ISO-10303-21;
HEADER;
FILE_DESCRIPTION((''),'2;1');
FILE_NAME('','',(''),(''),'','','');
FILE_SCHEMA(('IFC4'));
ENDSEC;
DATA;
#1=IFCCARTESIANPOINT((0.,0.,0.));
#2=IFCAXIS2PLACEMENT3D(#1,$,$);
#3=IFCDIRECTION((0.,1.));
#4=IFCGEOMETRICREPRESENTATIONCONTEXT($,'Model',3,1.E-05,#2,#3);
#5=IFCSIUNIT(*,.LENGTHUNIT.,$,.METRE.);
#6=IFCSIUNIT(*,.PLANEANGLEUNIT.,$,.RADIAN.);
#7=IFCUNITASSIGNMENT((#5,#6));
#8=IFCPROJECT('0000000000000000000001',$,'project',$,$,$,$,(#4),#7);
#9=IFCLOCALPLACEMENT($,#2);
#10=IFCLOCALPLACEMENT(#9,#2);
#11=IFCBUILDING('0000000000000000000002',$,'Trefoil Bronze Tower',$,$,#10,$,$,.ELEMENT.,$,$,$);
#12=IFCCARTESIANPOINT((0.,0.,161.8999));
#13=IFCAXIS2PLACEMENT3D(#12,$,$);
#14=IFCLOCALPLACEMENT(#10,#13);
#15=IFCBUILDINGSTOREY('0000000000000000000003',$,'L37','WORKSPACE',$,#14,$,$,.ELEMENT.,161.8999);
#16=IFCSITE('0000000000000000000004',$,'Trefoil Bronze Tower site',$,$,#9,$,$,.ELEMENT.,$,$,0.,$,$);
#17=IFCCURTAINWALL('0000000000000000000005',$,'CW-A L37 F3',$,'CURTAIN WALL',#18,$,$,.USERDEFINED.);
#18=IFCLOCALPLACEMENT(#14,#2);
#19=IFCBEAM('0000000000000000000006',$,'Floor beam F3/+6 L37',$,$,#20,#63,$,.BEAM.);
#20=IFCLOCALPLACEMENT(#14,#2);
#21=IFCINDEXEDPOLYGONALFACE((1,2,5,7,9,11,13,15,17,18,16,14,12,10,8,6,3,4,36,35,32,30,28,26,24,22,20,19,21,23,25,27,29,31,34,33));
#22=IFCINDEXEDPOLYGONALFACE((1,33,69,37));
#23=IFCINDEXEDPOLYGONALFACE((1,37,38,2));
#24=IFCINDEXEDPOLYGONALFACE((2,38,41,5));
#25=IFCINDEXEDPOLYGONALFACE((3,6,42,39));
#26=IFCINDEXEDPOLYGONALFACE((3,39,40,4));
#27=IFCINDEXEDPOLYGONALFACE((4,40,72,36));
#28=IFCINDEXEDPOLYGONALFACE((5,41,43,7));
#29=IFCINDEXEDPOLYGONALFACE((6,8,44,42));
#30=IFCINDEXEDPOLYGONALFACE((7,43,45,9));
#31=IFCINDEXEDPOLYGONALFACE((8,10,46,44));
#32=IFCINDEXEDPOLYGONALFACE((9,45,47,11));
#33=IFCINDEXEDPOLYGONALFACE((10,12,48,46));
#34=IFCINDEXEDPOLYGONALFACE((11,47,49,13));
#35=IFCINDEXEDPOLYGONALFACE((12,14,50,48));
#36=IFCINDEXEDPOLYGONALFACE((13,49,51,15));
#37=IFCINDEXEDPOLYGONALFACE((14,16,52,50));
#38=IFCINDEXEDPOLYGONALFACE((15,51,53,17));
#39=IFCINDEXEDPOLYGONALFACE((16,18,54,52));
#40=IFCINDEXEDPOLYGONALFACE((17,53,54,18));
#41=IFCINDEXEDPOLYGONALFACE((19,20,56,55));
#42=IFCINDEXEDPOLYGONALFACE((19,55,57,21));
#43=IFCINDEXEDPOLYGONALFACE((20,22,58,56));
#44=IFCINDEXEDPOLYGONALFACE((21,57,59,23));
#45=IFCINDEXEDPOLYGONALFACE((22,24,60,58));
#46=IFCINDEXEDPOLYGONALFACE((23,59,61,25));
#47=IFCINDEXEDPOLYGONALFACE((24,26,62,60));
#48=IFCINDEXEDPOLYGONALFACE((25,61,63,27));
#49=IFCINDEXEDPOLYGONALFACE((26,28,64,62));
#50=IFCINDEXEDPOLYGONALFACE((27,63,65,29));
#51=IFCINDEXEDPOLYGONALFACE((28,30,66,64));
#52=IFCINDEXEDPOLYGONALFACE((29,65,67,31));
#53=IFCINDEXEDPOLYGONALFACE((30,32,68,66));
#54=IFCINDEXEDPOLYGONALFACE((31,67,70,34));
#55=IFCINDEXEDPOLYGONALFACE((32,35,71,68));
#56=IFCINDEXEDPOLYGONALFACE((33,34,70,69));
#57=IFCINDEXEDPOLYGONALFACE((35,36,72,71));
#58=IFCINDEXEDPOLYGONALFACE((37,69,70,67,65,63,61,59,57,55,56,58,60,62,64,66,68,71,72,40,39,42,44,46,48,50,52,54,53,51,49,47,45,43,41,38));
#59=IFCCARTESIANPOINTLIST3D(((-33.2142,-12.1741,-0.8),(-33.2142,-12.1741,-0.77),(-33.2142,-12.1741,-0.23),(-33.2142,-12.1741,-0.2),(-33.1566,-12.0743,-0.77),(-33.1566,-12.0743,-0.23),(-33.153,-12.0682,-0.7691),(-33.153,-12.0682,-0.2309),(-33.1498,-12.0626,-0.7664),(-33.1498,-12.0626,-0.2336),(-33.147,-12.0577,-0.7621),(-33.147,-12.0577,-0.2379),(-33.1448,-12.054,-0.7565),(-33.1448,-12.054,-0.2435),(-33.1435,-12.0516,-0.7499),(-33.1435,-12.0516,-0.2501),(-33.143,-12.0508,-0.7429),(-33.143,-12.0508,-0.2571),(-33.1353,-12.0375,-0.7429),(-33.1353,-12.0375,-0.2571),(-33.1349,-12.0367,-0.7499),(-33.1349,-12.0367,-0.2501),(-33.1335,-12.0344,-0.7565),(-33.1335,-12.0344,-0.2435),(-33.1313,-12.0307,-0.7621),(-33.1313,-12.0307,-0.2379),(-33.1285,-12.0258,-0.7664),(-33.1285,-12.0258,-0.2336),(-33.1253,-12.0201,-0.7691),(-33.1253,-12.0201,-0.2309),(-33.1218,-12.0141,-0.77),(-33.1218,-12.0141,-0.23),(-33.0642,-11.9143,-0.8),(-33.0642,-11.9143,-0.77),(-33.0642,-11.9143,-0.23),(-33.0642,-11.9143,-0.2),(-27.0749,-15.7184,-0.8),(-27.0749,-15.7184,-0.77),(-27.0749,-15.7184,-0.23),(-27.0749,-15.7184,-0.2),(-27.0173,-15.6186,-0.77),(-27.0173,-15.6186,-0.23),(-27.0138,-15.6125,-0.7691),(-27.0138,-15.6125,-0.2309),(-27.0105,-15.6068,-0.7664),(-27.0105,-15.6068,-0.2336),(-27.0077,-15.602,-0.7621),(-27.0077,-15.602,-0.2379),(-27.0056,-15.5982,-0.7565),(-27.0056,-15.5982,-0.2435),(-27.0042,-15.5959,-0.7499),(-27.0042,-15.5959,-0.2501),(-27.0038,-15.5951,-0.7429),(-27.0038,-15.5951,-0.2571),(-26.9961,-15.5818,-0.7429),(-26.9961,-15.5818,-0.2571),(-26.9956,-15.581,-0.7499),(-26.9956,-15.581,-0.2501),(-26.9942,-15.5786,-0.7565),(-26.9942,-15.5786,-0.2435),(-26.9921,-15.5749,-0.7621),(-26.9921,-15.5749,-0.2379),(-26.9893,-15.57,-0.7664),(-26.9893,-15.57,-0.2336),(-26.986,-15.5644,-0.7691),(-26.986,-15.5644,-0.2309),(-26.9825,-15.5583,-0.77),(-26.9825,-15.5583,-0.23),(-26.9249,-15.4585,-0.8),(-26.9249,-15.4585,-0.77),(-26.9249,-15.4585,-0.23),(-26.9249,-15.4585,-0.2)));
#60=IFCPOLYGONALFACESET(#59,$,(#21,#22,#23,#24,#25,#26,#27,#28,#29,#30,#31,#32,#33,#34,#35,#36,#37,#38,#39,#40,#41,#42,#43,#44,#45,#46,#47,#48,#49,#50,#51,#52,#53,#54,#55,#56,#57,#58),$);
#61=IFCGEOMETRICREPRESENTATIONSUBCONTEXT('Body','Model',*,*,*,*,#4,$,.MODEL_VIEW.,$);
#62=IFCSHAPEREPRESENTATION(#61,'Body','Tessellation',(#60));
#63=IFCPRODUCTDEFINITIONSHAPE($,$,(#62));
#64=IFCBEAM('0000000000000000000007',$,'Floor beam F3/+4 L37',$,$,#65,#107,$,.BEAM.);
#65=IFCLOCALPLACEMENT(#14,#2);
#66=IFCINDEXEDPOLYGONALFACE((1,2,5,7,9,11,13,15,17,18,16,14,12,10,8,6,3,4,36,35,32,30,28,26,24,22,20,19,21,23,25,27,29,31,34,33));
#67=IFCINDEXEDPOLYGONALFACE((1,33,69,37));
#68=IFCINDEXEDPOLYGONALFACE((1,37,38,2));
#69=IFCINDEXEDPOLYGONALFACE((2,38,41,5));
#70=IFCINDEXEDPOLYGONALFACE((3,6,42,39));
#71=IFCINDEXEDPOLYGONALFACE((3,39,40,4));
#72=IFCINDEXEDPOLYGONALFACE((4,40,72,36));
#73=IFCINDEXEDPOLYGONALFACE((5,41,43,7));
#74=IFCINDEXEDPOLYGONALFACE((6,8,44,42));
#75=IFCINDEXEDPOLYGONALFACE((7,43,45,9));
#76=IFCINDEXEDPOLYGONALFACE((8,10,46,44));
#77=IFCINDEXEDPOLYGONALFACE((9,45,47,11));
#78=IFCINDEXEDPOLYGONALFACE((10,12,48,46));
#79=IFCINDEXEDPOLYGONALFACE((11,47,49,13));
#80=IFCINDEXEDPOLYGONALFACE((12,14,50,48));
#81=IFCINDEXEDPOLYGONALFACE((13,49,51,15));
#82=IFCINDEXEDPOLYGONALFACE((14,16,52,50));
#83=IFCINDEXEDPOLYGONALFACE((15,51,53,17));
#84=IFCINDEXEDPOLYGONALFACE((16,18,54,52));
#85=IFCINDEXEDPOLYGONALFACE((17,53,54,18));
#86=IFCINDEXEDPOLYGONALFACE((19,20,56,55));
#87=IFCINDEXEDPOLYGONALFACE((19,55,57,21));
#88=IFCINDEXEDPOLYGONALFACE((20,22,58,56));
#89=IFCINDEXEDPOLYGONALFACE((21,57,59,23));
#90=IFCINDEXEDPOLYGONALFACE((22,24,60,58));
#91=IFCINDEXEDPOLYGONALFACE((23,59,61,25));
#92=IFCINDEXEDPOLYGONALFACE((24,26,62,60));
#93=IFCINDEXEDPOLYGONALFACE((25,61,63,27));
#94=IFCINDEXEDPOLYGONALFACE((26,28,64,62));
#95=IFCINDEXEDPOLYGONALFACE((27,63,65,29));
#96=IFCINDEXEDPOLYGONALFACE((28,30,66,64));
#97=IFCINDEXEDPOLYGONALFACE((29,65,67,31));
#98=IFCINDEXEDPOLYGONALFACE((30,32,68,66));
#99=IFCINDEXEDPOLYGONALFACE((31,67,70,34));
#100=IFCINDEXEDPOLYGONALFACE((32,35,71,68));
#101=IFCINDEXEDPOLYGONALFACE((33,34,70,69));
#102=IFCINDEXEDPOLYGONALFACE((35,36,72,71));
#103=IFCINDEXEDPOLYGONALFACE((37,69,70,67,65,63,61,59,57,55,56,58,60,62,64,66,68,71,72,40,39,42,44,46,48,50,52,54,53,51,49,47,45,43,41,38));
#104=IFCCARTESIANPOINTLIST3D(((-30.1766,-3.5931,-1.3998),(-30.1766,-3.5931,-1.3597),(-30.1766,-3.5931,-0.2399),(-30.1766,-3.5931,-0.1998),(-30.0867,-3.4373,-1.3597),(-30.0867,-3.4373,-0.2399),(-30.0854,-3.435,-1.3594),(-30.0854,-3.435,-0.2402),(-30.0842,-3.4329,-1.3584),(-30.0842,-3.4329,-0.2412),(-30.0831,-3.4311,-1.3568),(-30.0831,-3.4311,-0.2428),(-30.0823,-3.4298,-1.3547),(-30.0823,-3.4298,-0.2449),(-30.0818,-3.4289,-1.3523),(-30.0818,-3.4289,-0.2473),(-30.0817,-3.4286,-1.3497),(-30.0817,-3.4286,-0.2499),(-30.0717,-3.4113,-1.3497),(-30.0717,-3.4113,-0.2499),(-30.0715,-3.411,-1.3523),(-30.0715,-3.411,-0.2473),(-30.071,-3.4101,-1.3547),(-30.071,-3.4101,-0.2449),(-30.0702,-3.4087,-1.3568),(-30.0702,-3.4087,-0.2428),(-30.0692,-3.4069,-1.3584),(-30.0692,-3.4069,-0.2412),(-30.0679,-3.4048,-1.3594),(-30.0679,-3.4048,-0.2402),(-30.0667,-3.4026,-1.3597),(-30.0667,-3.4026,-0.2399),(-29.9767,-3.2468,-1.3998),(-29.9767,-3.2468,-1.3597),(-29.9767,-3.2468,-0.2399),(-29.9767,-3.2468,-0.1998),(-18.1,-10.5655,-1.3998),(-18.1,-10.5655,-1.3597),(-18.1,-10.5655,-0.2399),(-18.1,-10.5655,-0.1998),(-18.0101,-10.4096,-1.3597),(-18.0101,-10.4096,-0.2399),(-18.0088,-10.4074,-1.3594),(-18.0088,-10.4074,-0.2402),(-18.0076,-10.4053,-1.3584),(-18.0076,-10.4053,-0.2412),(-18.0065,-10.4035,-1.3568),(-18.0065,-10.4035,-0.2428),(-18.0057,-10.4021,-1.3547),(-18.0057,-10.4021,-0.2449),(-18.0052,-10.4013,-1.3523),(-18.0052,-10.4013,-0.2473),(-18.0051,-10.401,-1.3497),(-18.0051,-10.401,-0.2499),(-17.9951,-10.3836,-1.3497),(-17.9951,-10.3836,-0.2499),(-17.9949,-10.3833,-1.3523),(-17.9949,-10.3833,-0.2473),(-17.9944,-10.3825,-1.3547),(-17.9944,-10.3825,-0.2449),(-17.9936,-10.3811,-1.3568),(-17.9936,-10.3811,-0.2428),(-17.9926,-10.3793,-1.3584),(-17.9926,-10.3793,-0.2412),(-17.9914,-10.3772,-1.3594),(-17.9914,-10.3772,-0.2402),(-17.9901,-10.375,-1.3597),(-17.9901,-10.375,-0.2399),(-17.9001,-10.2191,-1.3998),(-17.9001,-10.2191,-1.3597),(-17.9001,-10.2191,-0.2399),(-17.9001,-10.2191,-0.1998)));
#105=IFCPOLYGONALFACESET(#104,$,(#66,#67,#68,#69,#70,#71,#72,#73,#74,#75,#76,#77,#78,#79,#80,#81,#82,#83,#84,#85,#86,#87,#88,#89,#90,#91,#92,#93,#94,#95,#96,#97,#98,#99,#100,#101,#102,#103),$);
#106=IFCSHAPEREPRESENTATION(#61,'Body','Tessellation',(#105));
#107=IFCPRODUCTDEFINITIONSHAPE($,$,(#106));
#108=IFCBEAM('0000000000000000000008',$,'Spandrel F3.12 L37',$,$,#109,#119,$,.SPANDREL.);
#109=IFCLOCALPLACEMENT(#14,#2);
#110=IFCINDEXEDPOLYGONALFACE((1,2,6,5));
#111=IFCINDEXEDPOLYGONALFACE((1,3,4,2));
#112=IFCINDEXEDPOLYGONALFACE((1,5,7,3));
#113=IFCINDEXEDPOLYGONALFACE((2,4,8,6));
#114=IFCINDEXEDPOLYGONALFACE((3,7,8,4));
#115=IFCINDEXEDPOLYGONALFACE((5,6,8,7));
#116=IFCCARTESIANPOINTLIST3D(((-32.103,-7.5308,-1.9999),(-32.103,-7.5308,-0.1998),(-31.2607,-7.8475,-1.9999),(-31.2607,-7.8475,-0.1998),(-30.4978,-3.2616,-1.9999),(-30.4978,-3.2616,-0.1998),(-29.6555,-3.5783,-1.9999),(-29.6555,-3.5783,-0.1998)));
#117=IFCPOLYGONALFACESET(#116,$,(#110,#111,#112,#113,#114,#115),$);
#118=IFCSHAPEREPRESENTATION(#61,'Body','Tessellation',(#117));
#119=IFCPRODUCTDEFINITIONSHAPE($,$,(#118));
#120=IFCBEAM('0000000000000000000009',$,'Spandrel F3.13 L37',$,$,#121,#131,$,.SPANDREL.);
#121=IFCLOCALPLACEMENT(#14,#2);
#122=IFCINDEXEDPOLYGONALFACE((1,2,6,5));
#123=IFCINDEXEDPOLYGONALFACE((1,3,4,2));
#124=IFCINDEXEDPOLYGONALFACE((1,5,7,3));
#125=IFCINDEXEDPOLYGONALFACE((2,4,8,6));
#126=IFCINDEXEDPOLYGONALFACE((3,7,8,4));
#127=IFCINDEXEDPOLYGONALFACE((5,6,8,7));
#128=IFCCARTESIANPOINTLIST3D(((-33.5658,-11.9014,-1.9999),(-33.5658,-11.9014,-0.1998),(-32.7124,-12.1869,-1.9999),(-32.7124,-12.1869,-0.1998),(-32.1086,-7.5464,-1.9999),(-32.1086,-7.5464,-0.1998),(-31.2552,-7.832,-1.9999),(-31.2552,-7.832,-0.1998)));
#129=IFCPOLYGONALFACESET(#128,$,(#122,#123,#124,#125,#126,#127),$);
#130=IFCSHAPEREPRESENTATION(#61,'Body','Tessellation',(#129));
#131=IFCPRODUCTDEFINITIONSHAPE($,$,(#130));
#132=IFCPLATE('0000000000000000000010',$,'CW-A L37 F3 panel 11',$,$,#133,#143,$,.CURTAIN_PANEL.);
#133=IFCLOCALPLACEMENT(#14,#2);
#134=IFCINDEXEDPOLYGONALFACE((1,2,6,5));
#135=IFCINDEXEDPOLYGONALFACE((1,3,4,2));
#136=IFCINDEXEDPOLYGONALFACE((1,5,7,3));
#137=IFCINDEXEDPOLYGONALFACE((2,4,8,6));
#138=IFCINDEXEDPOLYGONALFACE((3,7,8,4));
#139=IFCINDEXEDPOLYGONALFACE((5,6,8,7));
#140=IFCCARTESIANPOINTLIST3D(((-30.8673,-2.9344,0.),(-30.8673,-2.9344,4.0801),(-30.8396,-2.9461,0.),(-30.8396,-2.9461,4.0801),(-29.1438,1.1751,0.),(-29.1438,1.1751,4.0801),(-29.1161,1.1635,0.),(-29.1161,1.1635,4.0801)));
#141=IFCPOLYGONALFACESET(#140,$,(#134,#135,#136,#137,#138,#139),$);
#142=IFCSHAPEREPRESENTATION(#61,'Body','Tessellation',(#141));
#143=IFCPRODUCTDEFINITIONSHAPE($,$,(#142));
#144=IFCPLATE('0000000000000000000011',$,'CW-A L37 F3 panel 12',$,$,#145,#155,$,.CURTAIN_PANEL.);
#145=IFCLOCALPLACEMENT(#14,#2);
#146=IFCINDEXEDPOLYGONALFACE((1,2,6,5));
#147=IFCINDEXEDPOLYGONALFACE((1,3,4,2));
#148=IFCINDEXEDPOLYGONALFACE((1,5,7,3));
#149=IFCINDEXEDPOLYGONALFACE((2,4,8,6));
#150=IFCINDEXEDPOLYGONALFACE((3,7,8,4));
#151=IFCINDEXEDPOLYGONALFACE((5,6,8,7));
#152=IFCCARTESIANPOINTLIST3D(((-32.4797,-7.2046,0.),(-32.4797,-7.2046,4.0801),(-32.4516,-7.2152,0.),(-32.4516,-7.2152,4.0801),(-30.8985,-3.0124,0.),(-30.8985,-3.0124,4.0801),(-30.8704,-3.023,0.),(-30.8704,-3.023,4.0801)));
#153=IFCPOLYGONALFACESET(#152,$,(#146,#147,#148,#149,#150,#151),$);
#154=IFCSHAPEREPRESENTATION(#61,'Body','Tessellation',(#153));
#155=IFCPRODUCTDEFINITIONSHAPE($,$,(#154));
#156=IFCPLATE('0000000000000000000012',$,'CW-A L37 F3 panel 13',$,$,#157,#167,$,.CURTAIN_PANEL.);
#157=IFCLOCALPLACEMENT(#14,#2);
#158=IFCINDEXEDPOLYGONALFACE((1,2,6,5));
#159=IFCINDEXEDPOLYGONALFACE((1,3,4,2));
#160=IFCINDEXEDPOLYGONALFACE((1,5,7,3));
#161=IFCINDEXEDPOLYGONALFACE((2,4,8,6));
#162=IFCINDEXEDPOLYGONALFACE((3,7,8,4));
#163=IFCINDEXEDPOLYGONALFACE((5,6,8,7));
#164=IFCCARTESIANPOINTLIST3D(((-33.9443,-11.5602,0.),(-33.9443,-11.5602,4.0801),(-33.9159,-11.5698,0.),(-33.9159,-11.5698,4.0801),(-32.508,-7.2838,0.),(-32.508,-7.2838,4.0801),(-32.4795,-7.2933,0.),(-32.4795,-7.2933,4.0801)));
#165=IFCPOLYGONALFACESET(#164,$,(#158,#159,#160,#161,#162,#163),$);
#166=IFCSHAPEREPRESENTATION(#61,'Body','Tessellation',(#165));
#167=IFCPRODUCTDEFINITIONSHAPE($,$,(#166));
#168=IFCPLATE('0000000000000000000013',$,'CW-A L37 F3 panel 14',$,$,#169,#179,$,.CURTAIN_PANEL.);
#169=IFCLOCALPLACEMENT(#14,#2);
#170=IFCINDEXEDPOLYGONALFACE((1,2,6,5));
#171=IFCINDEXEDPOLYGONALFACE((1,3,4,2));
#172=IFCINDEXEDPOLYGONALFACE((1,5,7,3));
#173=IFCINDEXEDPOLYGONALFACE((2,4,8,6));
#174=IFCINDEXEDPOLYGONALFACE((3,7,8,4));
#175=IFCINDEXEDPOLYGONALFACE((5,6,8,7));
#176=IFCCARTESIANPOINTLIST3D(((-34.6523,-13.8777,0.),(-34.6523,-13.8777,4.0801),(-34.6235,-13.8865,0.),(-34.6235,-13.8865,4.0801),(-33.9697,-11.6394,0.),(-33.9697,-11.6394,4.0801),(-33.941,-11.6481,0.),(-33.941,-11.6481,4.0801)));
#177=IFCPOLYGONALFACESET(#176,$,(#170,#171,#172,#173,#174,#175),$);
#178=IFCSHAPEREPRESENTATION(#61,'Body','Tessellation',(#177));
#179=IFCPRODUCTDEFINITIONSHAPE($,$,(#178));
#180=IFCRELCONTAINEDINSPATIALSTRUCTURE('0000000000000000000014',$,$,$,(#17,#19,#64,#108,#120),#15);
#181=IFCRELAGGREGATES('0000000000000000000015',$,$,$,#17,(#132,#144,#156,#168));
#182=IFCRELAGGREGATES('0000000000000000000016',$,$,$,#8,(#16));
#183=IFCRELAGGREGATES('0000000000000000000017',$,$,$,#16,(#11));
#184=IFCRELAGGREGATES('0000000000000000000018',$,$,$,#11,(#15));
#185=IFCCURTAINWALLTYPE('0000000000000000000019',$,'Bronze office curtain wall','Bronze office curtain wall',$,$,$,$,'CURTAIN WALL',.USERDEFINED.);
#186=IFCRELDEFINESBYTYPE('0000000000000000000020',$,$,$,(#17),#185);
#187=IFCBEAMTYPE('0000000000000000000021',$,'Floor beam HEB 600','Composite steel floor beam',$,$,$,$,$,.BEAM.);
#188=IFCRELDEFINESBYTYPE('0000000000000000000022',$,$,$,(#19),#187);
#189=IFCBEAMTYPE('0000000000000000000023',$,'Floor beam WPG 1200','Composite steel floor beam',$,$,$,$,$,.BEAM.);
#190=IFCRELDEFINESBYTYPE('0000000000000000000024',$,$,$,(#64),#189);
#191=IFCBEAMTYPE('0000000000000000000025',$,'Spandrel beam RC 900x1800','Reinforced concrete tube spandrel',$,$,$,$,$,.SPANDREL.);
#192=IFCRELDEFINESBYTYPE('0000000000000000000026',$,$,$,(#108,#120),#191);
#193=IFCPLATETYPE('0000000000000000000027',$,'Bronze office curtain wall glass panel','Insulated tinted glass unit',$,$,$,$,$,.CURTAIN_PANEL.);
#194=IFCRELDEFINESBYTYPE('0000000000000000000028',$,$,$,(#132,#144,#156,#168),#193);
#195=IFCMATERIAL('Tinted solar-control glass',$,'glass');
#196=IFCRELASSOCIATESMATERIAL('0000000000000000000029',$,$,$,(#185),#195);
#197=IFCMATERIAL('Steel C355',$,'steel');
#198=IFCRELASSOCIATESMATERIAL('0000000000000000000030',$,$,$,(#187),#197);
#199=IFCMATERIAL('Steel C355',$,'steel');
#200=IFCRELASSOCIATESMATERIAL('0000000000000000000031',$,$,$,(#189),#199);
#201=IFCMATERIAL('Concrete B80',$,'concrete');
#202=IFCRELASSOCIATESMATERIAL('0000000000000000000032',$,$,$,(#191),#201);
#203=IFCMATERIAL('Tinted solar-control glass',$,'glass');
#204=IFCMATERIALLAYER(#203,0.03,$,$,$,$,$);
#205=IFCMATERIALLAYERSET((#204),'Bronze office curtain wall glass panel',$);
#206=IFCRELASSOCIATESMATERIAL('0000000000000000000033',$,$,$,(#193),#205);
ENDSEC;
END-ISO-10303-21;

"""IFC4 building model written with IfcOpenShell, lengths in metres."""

from ifc_helpers import new_model, si_unit, direction, frame, origin, origin_2d, place, context, subcontext, project, spatial, rectangle, i_section, extrude, material, layer, layer_set, material_profile, profile_set, type_object, element, aggregate, save


model = new_model("IFC4")

# Units and contexts
model_context = context("Model", 3, precision=1e-05, world=origin(), true_north=direction((0.0, 1.0)))
body_context = subcontext(model_context, "Body", "Model", "MODEL_VIEW")
ifc_project = project(units=[si_unit("LENGTHUNIT", "METRE"), si_unit("PLANEANGLEUNIT", "RADIAN")], contexts=[model_context])

# Site, building, storey
site_placement = place(None, origin())
site = spatial("IfcSite", under=ifc_project, at=site_placement, Name="Trefoil Bronze Tower site", CompositionType="ELEMENT", RefElevation=0.0)
building_placement = place(site_placement, origin())
building = spatial("IfcBuilding", under=site, at=building_placement, Name="Trefoil Bronze Tower", CompositionType="ELEMENT")
storey_placement = place(building_placement, frame((0.0, 0.0, 161.8999)))
storey = spatial("IfcBuildingStorey", under=building, at=storey_placement, Name="L37", Description="WORKSPACE", CompositionType="ELEMENT", Elevation=161.8999)

# Curtain wall
ifc_material_1 = material(Name="Tinted solar-control glass", Category="glass")
curtain_wall_type_1 = type_object("IfcCurtainWallType", Name="Bronze office curtain wall", Description="Bronze office curtain wall", ElementType="CURTAIN WALL", PredefinedType="USERDEFINED", material=ifc_material_1)
curtain_wall_1_placement = place(storey_placement, origin())
curtain_wall_1 = element("IfcCurtainWall", 1, at=curtain_wall_1_placement, inside=storey, type_object=curtain_wall_type_1, Name="CW-A L37 F3", ObjectType="CURTAIN WALL", PredefinedType="USERDEFINED")

# Beams
ifc_material_2 = material(Name="Steel C355", Category="steel")
ifc_material_profile_1 = material_profile(ifc_material_2, i_section(OverallWidth=0.3, OverallDepth=0.6001, WebThickness=0.0154, FlangeThickness=0.03, FilletRadius=0.0271, at=origin_2d()), Name="HEB 600")
ifc_profile_set_1 = profile_set([ifc_material_profile_1], Name="Steel C355")
beam_type_1 = type_object("IfcBeamType", Name="Floor beam HEB 600", Description="Composite steel floor beam", PredefinedType="BEAM", material=ifc_profile_set_1)
beam_1_placement = place(storey_placement, frame((-33.1392, -12.0442, -0.5), z_axis=(0.866041, -0.499973, 0.0), x_axis=(0.499973, 0.866041, 0.0)))
element("IfcBeam", 2, at=beam_1_placement, inside=storey, type_object=beam_type_1, Name="Floor beam F3/+6 L37", PredefinedType="BEAM", context=body_context, shape_type="SweptSolid", body=[
    extrude(i_section(OverallWidth=0.3, OverallDepth=0.6001, WebThickness=0.0154, FlangeThickness=0.03, FilletRadius=0.0271, at=origin_2d()), origin(), (0.0, 0.0, 1.0), 7.0889),
])
ifc_material_3 = material(Name="Steel C355", Category="steel")
ifc_material_profile_2 = material_profile(ifc_material_3, i_section(OverallWidth=0.3999, OverallDepth=1.2, WebThickness=0.02, FlangeThickness=0.04, FilletRadius=0.01, at=origin_2d()), Name="WPG 1200")
ifc_profile_set_2 = profile_set([ifc_material_profile_2], Name="Steel C355")
beam_type_2 = type_object("IfcBeamType", Name="Floor beam WPG 1200", Description="Composite steel floor beam", PredefinedType="BEAM", material=ifc_profile_set_2)
beam_2_placement = place(storey_placement, frame((-30.0767, -3.4199, -0.7998), z_axis=(0.866027, -0.499997, 0.0), x_axis=(0.499997, 0.866027, 0.0)))
element("IfcBeam", 3, at=beam_2_placement, inside=storey, type_object=beam_type_2, Name="Floor beam F3/+4 L37", PredefinedType="BEAM", context=body_context, shape_type="SweptSolid", body=[
    extrude(i_section(OverallWidth=0.3999, OverallDepth=1.2, WebThickness=0.02, FlangeThickness=0.04, FilletRadius=0.01, at=origin_2d()), origin(), (0.0, 0.0, 1.0), 13.9448),
])
ifc_material_4 = material(Name="Concrete B80", Category="concrete")
ifc_material_profile_3 = material_profile(ifc_material_4, rectangle(XDim=0.8999, YDim=1.8, at=origin_2d()), Name="RC 900x1800")
ifc_profile_set_3 = profile_set([ifc_material_profile_3], Name="Concrete B80")
beam_type_3 = type_object("IfcBeamType", Name="Spandrel beam RC 900x1800", Description="Reinforced concrete tube spandrel", PredefinedType="SPANDREL", material=ifc_profile_set_3)
beam_3_placement = place(storey_placement, frame((-30.0767, -3.4199, -1.0999), z_axis=(-0.351939, -0.936023, 0.0), x_axis=(0.936023, -0.351939, 0.0)))
element("IfcBeam", 4, at=beam_3_placement, inside=storey, type_object=beam_type_3, Name="Spandrel F3.12 L37", PredefinedType="SPANDREL", context=body_context, shape_type="SweptSolid", body=[
    extrude(rectangle(XDim=0.8999, YDim=1.8, at=origin_2d()), origin(), (0.0, 0.0, 1.0), 4.561),
])
beam_4_placement = place(storey_placement, frame((-31.6819, -7.6892, -1.0999), z_axis=(-0.317328, -0.948316, 0.0), x_axis=(0.948316, -0.317328, 0.0)))
element("IfcBeam", 5, at=beam_4_placement, inside=storey, type_object=beam_type_3, Name="Spandrel F3.13 L37", PredefinedType="SPANDREL", context=body_context, shape_type="SweptSolid", body=[
    extrude(rectangle(XDim=0.8999, YDim=1.8, at=origin_2d()), origin(), (0.0, 0.0, 1.0), 4.5923),
])

# Plates
ifc_material_5 = material(Name="Tinted solar-control glass", Category="glass")
ifc_layer_1 = layer(ifc_material_5, 0.03)
ifc_layer_set_1 = layer_set([ifc_layer_1], Name="Bronze office curtain wall glass panel")
plate_type_1 = type_object("IfcPlateType", Name="Bronze office curtain wall glass panel", Description="Insulated tinted glass unit", PredefinedType="CURTAIN_PANEL", material=ifc_layer_set_1)
plate_1_placement = place(storey_placement, frame((-29.9917, -0.8855, 0.0), z_axis=(0.0, 0.0, 1.0), x_axis=(-0.386759, -0.922181, 0.0)))
plate_1 = element("IfcPlate", 6, at=plate_1_placement, type_object=plate_type_1, Name="CW-A L37 F3 panel 11", PredefinedType="CURTAIN_PANEL", context=body_context, shape_type="SweptSolid", body=[
    extrude(rectangle(XDim=4.4563, YDim=0.03, at=origin_2d()), origin(), (0.0, 0.0, 1.0), 4.0801),
])
plate_2_placement = place(storey_placement, frame((-31.675, -5.1138, 0.0), z_axis=(0.0, 0.0, 1.0), x_axis=(-0.35292, -0.935654, 0.0)))
plate_2 = element("IfcPlate", 7, at=plate_2_placement, type_object=plate_type_1, Name="CW-A L37 F3 panel 12", PredefinedType="CURTAIN_PANEL", context=body_context, shape_type="SweptSolid", body=[
    extrude(rectangle(XDim=4.4805, YDim=0.03, at=origin_2d()), origin(), (0.0, 0.0, 1.0), 4.0801),
])
plate_3_placement = place(storey_placement, frame((-33.2119, -9.4268, 0.0), z_axis=(0.0, 0.0, 1.0), x_axis=(-0.318404, -0.947955, 0.0)))
plate_3 = element("IfcPlate", 8, at=plate_3_placement, type_object=plate_type_1, Name="CW-A L37 F3 panel 13", PredefinedType="CURTAIN_PANEL", context=body_context, shape_type="SweptSolid", body=[
    extrude(rectangle(XDim=4.5112, YDim=0.03, at=origin_2d()), origin(), (0.0, 0.0, 1.0), 4.0801),
])
plate_4_placement = place(storey_placement, frame((-34.2966, -12.7629, 0.0), z_axis=(0.0, 0.0, 1.0), x_axis=(-0.291669, -0.956519, 0.0)))
plate_4 = element("IfcPlate", 9, at=plate_4_placement, type_object=plate_type_1, Name="CW-A L37 F3 panel 14", PredefinedType="CURTAIN_PANEL", context=body_context, shape_type="SweptSolid", body=[
    extrude(rectangle(XDim=2.3401, YDim=0.03, at=origin_2d()), origin(), (0.0, 0.0, 1.0), 4.0801),
])
aggregate(curtain_wall_1, [plate_1, plate_2, plate_3, plate_4])

save(model, "model.ifc")
